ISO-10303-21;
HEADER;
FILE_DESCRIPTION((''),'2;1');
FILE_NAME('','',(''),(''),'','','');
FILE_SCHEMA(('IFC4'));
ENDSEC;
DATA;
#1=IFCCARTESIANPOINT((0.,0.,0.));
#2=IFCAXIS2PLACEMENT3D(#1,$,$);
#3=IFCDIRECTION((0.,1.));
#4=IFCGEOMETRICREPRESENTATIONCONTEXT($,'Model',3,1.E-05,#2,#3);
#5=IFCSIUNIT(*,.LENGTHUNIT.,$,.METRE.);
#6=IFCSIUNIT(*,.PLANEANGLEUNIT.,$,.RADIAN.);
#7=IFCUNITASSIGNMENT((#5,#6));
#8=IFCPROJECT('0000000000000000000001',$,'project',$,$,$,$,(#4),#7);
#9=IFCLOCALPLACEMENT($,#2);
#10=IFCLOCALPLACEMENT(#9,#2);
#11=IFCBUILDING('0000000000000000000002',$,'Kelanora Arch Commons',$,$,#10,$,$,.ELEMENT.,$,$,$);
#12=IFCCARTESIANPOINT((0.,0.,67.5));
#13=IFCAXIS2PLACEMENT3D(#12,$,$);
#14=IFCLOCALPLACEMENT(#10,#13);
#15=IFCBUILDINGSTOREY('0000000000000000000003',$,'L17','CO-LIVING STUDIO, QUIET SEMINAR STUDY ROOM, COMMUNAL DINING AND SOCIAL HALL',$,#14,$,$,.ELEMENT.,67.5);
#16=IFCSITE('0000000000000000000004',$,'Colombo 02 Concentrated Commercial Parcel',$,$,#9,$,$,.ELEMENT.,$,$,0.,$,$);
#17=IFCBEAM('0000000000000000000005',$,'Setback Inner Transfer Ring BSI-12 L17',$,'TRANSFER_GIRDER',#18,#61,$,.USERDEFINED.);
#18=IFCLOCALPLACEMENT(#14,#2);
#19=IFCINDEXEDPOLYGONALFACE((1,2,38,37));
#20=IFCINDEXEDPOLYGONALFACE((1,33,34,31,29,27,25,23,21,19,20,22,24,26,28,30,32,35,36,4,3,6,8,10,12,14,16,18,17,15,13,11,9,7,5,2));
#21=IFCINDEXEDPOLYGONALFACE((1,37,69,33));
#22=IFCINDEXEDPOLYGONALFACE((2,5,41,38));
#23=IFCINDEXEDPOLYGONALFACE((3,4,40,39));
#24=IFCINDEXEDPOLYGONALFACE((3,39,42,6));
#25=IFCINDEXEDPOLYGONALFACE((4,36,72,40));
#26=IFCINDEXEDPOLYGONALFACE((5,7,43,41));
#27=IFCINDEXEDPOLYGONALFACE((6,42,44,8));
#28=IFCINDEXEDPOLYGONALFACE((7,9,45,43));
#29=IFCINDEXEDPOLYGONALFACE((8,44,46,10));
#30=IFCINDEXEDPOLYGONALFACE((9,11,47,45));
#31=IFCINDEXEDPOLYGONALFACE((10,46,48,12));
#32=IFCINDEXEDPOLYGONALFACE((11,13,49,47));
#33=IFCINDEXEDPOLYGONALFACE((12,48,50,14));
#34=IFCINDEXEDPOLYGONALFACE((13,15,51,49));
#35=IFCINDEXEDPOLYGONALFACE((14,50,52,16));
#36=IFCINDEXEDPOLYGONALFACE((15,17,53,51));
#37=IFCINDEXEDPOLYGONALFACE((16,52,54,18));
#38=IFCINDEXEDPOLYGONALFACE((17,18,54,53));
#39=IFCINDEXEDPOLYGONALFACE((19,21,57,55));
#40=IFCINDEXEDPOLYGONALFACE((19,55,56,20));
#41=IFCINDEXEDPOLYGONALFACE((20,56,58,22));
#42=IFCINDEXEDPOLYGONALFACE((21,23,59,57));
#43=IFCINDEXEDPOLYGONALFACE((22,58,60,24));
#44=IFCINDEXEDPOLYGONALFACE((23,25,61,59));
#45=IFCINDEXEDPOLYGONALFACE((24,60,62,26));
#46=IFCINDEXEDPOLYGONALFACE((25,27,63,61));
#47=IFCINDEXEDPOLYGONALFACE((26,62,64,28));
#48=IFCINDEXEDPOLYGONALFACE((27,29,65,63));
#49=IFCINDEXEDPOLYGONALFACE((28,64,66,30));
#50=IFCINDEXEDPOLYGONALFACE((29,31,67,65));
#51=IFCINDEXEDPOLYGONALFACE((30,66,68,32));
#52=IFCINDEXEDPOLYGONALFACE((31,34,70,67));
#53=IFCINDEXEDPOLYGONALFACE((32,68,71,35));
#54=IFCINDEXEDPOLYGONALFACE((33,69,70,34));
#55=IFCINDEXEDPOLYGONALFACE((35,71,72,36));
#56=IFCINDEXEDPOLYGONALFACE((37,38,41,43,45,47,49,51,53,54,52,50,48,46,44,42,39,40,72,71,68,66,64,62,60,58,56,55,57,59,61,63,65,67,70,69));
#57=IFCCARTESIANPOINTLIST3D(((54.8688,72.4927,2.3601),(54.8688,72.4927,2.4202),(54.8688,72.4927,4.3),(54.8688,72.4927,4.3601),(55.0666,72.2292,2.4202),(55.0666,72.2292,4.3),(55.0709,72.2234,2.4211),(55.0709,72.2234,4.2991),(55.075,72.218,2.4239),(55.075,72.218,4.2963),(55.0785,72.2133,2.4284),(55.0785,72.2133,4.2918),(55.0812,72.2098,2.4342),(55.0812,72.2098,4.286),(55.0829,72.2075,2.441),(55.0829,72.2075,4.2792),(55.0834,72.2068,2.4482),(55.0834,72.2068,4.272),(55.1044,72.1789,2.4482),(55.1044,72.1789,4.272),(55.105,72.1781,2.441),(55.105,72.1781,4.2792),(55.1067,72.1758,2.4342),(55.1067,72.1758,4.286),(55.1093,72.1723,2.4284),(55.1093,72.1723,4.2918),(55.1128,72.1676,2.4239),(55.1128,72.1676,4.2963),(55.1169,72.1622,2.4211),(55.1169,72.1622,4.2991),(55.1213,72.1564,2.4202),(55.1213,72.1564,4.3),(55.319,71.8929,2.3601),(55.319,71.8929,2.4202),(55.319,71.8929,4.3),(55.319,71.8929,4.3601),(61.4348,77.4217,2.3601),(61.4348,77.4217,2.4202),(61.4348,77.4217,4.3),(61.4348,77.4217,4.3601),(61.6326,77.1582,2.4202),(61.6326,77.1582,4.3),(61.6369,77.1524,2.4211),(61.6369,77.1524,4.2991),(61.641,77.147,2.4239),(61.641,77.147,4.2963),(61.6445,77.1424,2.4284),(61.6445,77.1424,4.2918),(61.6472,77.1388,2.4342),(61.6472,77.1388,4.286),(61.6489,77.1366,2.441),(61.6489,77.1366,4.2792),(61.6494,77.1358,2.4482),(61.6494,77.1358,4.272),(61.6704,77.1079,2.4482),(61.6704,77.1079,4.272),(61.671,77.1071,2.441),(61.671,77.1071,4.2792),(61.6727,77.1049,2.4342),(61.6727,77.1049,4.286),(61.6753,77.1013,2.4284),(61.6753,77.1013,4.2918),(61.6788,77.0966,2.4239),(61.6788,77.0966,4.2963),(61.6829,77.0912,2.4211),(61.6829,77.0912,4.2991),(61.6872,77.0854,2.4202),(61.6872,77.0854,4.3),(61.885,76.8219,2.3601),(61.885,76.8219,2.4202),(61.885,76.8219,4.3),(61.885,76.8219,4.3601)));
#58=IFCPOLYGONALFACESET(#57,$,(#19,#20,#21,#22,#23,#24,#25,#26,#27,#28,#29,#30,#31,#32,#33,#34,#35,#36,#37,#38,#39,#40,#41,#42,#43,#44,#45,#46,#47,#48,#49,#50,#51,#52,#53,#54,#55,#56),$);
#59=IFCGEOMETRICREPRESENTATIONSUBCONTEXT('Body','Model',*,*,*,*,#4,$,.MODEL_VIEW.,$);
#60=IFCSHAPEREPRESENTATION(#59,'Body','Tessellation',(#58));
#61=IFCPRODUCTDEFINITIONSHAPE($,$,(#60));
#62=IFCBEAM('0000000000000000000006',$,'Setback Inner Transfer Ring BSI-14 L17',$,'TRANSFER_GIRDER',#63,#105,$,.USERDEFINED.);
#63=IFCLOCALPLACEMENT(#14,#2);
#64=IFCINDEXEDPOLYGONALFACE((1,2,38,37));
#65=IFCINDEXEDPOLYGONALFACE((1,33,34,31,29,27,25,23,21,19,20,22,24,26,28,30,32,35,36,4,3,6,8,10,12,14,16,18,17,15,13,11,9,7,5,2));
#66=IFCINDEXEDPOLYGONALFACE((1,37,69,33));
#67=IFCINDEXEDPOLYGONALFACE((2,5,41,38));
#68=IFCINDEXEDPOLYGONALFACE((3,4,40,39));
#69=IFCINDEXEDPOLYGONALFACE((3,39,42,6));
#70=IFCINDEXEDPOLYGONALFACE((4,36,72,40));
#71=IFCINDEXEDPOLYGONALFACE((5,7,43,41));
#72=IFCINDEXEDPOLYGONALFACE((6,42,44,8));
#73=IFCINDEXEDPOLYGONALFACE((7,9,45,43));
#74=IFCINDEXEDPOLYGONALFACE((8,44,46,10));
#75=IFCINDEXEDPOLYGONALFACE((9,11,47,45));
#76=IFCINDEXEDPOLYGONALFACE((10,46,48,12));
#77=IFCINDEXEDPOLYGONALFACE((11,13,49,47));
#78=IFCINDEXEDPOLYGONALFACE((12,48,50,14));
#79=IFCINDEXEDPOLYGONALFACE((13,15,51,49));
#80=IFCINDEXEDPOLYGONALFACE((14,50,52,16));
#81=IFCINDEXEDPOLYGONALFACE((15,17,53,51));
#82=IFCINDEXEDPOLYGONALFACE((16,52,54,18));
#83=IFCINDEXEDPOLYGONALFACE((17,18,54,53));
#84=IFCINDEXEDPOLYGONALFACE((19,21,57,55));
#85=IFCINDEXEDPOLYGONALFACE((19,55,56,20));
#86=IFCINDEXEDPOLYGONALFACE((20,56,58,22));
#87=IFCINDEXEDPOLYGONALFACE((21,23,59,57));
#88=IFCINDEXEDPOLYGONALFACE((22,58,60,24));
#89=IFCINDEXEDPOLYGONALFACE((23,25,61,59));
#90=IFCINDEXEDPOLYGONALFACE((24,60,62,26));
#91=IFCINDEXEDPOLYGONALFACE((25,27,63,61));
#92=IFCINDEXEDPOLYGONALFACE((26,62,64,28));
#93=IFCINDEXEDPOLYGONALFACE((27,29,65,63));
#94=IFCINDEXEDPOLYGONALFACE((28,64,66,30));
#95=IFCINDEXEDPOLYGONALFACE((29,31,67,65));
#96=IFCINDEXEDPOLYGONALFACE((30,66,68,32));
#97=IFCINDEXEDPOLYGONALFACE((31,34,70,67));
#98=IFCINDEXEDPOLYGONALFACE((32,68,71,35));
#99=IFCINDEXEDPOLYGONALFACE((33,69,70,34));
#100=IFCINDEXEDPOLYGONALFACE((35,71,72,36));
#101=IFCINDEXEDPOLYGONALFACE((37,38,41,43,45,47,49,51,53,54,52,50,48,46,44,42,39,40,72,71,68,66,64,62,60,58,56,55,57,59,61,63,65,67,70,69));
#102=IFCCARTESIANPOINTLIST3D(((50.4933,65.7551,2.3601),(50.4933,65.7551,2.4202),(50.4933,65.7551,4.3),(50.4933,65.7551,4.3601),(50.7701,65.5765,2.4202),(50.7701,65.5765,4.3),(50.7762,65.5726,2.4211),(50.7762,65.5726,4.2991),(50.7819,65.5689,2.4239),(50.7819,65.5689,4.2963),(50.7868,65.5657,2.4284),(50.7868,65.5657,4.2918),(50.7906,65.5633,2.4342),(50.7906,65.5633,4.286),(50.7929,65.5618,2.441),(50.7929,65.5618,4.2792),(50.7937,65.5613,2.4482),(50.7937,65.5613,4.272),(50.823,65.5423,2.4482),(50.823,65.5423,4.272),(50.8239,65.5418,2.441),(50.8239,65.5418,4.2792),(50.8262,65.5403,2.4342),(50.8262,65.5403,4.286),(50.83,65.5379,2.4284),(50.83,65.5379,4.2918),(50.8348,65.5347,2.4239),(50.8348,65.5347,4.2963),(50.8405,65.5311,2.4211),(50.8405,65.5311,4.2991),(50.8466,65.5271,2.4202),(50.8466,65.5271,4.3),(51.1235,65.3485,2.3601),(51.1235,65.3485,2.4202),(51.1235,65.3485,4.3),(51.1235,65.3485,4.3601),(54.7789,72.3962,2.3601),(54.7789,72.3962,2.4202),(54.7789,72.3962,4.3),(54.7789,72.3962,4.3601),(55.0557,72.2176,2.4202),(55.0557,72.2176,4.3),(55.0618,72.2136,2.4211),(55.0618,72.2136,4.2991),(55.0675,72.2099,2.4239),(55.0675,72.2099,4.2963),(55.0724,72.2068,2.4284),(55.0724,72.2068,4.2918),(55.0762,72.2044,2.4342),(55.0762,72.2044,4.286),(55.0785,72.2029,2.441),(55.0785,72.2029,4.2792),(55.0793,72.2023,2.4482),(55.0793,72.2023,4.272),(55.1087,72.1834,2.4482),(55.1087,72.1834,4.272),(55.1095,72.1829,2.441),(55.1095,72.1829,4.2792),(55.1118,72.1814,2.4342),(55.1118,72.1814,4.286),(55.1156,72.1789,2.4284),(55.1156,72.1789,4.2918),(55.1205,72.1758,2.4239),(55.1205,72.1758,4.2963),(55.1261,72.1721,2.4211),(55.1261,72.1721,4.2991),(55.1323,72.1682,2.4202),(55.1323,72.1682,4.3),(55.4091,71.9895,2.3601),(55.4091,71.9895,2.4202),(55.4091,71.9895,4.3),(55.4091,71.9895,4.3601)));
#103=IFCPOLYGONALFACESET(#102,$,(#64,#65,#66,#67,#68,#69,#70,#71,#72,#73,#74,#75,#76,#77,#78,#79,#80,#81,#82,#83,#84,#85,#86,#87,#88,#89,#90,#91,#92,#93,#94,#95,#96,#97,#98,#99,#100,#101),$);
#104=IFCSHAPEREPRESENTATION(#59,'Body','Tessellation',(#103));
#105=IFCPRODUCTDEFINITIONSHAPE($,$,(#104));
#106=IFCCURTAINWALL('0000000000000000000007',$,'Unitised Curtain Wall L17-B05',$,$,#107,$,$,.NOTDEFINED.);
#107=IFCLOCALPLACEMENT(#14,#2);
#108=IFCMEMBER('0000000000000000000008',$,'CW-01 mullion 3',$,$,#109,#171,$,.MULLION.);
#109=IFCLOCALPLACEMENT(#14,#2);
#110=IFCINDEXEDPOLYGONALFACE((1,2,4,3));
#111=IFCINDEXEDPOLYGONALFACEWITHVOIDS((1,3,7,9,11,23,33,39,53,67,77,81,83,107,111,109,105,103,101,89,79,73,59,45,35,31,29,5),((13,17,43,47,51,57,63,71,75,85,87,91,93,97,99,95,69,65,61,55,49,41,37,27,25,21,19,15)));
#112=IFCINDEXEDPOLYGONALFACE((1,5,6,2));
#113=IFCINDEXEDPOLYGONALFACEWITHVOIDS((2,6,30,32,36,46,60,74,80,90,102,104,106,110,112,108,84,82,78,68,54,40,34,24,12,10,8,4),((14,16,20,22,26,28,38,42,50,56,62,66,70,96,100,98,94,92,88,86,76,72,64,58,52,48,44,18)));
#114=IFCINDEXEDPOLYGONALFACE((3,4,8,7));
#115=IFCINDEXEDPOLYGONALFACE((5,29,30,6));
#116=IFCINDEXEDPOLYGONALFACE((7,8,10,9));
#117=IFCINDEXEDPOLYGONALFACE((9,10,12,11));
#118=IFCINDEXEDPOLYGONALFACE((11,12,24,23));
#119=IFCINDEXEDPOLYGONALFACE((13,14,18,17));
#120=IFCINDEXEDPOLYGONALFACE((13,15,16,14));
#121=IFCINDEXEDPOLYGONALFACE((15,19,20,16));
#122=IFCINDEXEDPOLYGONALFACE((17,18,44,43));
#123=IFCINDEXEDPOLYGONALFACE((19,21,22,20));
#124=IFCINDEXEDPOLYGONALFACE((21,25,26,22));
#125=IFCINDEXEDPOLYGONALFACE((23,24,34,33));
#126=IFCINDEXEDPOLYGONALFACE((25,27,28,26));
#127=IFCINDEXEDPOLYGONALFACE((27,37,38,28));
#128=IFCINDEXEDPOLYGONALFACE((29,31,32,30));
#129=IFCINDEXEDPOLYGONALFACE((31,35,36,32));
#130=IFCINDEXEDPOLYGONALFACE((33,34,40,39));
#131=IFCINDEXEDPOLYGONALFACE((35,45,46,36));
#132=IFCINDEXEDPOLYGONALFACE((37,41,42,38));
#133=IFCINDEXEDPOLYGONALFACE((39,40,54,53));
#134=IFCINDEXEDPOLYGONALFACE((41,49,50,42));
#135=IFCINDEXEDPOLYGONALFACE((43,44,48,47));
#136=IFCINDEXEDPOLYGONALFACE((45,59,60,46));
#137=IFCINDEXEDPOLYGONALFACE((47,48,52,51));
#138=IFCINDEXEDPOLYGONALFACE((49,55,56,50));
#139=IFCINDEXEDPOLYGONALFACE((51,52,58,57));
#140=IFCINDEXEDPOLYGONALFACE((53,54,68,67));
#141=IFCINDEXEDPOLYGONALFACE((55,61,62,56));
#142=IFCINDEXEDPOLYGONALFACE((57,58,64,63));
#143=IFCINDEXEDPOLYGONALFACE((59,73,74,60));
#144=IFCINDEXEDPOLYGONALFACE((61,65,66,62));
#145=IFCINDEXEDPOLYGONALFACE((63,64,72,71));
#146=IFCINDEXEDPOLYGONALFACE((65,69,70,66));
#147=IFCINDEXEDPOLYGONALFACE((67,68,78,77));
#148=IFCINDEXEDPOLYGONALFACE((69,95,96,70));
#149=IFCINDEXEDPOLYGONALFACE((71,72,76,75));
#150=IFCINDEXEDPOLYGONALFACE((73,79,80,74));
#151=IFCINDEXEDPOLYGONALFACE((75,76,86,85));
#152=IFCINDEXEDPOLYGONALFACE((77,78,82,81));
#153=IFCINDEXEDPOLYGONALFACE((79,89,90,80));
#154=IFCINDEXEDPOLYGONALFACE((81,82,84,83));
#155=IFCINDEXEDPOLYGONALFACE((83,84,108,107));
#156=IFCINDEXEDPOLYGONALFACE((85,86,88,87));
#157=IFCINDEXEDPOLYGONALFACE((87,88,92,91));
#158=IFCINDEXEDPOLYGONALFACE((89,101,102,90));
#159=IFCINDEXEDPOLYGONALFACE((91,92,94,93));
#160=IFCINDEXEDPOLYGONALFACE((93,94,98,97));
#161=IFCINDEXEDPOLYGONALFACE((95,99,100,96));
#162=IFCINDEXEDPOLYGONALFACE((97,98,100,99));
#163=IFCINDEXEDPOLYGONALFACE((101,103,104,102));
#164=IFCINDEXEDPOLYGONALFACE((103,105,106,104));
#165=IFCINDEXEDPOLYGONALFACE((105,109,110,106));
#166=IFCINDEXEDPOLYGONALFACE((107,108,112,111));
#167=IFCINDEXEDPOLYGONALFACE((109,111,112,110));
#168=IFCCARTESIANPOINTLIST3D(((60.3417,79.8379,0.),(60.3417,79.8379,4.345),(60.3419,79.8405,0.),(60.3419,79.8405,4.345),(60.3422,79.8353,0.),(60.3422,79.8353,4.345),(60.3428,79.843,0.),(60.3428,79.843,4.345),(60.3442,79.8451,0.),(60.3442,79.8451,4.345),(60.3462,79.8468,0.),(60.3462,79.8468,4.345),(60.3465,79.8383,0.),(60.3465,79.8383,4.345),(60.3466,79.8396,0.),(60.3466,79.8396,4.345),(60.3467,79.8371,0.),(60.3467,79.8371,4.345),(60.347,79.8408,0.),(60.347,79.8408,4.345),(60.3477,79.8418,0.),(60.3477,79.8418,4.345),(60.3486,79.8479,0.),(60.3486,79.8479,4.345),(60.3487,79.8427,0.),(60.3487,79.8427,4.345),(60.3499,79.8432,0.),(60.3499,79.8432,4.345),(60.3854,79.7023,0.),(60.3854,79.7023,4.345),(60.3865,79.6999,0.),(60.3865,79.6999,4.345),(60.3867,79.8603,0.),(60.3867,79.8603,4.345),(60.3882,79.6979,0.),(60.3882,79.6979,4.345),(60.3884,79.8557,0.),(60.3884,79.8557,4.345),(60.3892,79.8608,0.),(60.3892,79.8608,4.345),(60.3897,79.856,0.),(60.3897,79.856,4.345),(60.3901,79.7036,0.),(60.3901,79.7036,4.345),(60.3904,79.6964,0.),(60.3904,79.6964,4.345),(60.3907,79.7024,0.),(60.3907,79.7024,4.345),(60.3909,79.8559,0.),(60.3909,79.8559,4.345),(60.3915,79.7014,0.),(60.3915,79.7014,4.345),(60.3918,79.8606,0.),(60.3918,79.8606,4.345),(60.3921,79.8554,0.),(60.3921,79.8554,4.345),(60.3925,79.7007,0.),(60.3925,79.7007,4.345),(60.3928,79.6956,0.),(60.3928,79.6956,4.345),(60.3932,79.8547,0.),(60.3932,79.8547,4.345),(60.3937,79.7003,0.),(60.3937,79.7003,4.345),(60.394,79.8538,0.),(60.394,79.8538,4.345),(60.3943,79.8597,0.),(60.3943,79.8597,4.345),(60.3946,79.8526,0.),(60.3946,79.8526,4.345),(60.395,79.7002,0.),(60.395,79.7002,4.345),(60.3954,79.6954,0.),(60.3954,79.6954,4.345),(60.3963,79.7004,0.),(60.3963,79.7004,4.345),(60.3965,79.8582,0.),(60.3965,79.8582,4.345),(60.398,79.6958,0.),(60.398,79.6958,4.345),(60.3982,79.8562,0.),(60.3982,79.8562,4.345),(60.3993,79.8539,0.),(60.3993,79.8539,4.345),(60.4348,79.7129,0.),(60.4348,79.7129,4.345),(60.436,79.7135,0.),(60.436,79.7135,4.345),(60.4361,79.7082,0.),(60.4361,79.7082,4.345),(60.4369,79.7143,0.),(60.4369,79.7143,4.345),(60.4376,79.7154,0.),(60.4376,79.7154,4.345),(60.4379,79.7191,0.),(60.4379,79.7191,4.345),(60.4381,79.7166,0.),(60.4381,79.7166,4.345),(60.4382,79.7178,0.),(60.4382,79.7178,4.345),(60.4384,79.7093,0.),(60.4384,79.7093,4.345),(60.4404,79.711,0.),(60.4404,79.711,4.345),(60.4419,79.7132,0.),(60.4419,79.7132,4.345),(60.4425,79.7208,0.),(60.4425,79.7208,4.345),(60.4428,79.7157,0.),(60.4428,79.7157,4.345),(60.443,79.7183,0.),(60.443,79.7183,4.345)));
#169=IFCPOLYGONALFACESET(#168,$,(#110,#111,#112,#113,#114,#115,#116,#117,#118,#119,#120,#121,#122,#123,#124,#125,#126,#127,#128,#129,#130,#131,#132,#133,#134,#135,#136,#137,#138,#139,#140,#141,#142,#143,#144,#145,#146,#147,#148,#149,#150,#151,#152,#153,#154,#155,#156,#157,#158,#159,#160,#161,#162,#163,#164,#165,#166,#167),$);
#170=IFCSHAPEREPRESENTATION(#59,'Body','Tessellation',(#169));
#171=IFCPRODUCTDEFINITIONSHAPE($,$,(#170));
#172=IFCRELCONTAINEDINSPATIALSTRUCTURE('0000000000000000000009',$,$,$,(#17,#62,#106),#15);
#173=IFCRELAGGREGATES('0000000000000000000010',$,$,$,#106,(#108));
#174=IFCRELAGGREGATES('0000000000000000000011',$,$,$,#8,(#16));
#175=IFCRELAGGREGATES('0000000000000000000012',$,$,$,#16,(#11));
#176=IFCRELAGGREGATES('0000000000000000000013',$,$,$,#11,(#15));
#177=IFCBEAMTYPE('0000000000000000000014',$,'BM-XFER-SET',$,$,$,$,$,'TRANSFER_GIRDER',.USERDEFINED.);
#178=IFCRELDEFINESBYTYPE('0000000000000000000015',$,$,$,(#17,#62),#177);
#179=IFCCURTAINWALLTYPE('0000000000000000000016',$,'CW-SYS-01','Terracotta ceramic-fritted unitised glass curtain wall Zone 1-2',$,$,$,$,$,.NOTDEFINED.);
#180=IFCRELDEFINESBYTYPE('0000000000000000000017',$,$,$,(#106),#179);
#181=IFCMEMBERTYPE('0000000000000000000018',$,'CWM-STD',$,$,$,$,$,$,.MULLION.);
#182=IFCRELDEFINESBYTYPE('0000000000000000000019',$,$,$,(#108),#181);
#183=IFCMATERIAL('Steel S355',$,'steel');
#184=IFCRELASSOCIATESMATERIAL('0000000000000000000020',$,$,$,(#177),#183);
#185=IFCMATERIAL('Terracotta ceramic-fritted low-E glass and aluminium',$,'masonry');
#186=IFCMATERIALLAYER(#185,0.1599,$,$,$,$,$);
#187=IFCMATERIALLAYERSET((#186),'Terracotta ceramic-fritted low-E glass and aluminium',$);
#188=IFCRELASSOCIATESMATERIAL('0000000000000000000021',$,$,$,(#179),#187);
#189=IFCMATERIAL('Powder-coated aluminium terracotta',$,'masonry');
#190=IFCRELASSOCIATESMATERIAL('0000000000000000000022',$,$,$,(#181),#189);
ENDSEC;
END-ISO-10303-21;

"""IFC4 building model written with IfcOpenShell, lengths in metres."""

from ifc_helpers import new_model, si_unit, direction, frame, origin, origin_2d, place, context, subcontext, project, spatial, hollow_rectangle, i_section, extrude, material, layer, layer_set, material_profile, profile_set, type_object, element, aggregate, save


model = new_model("IFC4")

# Units and contexts
model_context = context("Model", 3, precision=1e-05, world=origin(), true_north=direction((0.0, 1.0)))
body_context = subcontext(model_context, "Body", "Model", "MODEL_VIEW")
ifc_project = project(units=[si_unit("LENGTHUNIT", "METRE"), si_unit("PLANEANGLEUNIT", "RADIAN")], contexts=[model_context])

# Site, building, storey
site_placement = place(None, origin())
site = spatial("IfcSite", under=ifc_project, at=site_placement, Name="Colombo 02 Concentrated Commercial Parcel", CompositionType="ELEMENT", RefElevation=0.0)
building_placement = place(site_placement, origin())
building = spatial("IfcBuilding", under=site, at=building_placement, Name="Kelanora Arch Commons", CompositionType="ELEMENT")
storey_placement = place(building_placement, frame((0.0, 0.0, 67.5)))
storey = spatial("IfcBuildingStorey", under=building, at=storey_placement, Name="L17", Description="CO-LIVING STUDIO, QUIET SEMINAR STUDY ROOM, COMMUNAL DINING AND SOCIAL HALL", CompositionType="ELEMENT", Elevation=67.5)

# Beams
ifc_material_1 = material(Name="Steel S355", Category="steel")
ifc_material_profile_1 = material_profile(ifc_material_1, i_section(OverallWidth=0.75, OverallDepth=2.0, WebThickness=0.0349, FlangeThickness=0.0601, FilletRadius=0.0281, at=origin_2d()), Name="PG2000x750")
ifc_profile_set_1 = profile_set([ifc_material_profile_1], Name="Steel S355")
beam_type_1 = type_object("IfcBeamType", Name="BM-XFER-SET", ElementType="TRANSFER_GIRDER", PredefinedType="USERDEFINED", material=ifc_profile_set_1)
beam_1_placement = place(storey_placement, frame((61.6599, 77.1218, 3.3601), z_axis=(-0.799736, -0.600352, 0.0), x_axis=(0.600352, -0.799736, 0.0)))
element("IfcBeam", 1, at=beam_1_placement, inside=storey, type_object=beam_type_1, Name="Setback Inner Transfer Ring BSI-12 L17", ObjectType="TRANSFER_GIRDER", PredefinedType="USERDEFINED", context=body_context, shape_type="SweptSolid", body=[
    extrude(i_section(OverallWidth=0.75, OverallDepth=2.0, WebThickness=0.0349, FlangeThickness=0.0601, FilletRadius=0.0281, at=origin_2d()), origin(), (0.0, 0.0, 1.0), 8.2102),
])
beam_2_placement = place(storey_placement, frame((55.094, 72.1929, 3.3601), z_axis=(-0.542221, -0.840236, 0.0), x_axis=(0.840236, -0.542221, 0.0)))
element("IfcBeam", 2, at=beam_2_placement, inside=storey, type_object=beam_type_1, Name="Setback Inner Transfer Ring BSI-14 L17", ObjectType="TRANSFER_GIRDER", PredefinedType="USERDEFINED", context=body_context, shape_type="SweptSolid", body=[
    extrude(i_section(OverallWidth=0.75, OverallDepth=2.0, WebThickness=0.0349, FlangeThickness=0.0601, FilletRadius=0.0281, at=origin_2d()), origin(), (0.0, 0.0, 1.0), 7.9038),
])

# Curtain wall, member
ifc_material_2 = material(Name="Terracotta ceramic-fritted low-E glass and aluminium", Category="masonry")
ifc_layer_1 = layer(ifc_material_2, 0.1599)
ifc_layer_set_1 = layer_set([ifc_layer_1], Name="Terracotta ceramic-fritted low-E glass and aluminium")
curtain_wall_type = type_object("IfcCurtainWallType", Name="CW-SYS-01", Description="Terracotta ceramic-fritted unitised glass curtain wall Zone 1-2", PredefinedType="NOTDEFINED", material=ifc_layer_set_1)
curtain_wall_1_placement = place(storey_placement, origin())
curtain_wall_1 = element("IfcCurtainWall", 3, at=curtain_wall_1_placement, inside=storey, type_object=curtain_wall_type, Name="Unitised Curtain Wall L17-B05", PredefinedType="NOTDEFINED")
ifc_material_3 = material(Name="Powder-coated aluminium terracotta", Category="masonry")
ifc_material_profile_2 = material_profile(ifc_material_3, hollow_rectangle(XDim=0.1599, YDim=0.0601, WallThickness=0.0049, InnerFilletRadius=0.0049, OuterFilletRadius=0.01, at=origin_2d()), Name="CWM160x60")
ifc_profile_set_2 = profile_set([ifc_material_profile_2], Name="Powder-coated aluminium terracotta")
member_type_1 = type_object("IfcMemberType", Name="CWM-STD", PredefinedType="MULLION", material=ifc_profile_set_2)
member_1_placement = place(storey_placement, frame((60.3923, 79.7781, 0.0), z_axis=(0.0, 0.0, 1.0), x_axis=(0.309058, -0.951043, 0.0)))
member_1 = element("IfcMember", 4, at=member_1_placement, type_object=member_type_1, Name="CW-01 mullion 3", PredefinedType="MULLION", context=body_context, shape_type="SweptSolid", body=[
    extrude(hollow_rectangle(XDim=0.1599, YDim=0.0601, WallThickness=0.0049, InnerFilletRadius=0.0049, OuterFilletRadius=0.01, at=origin_2d()), origin(), (0.0, 0.0, 1.0), 4.345),
])

aggregate(curtain_wall_1, [member_1])

save(model, "model.ifc")
